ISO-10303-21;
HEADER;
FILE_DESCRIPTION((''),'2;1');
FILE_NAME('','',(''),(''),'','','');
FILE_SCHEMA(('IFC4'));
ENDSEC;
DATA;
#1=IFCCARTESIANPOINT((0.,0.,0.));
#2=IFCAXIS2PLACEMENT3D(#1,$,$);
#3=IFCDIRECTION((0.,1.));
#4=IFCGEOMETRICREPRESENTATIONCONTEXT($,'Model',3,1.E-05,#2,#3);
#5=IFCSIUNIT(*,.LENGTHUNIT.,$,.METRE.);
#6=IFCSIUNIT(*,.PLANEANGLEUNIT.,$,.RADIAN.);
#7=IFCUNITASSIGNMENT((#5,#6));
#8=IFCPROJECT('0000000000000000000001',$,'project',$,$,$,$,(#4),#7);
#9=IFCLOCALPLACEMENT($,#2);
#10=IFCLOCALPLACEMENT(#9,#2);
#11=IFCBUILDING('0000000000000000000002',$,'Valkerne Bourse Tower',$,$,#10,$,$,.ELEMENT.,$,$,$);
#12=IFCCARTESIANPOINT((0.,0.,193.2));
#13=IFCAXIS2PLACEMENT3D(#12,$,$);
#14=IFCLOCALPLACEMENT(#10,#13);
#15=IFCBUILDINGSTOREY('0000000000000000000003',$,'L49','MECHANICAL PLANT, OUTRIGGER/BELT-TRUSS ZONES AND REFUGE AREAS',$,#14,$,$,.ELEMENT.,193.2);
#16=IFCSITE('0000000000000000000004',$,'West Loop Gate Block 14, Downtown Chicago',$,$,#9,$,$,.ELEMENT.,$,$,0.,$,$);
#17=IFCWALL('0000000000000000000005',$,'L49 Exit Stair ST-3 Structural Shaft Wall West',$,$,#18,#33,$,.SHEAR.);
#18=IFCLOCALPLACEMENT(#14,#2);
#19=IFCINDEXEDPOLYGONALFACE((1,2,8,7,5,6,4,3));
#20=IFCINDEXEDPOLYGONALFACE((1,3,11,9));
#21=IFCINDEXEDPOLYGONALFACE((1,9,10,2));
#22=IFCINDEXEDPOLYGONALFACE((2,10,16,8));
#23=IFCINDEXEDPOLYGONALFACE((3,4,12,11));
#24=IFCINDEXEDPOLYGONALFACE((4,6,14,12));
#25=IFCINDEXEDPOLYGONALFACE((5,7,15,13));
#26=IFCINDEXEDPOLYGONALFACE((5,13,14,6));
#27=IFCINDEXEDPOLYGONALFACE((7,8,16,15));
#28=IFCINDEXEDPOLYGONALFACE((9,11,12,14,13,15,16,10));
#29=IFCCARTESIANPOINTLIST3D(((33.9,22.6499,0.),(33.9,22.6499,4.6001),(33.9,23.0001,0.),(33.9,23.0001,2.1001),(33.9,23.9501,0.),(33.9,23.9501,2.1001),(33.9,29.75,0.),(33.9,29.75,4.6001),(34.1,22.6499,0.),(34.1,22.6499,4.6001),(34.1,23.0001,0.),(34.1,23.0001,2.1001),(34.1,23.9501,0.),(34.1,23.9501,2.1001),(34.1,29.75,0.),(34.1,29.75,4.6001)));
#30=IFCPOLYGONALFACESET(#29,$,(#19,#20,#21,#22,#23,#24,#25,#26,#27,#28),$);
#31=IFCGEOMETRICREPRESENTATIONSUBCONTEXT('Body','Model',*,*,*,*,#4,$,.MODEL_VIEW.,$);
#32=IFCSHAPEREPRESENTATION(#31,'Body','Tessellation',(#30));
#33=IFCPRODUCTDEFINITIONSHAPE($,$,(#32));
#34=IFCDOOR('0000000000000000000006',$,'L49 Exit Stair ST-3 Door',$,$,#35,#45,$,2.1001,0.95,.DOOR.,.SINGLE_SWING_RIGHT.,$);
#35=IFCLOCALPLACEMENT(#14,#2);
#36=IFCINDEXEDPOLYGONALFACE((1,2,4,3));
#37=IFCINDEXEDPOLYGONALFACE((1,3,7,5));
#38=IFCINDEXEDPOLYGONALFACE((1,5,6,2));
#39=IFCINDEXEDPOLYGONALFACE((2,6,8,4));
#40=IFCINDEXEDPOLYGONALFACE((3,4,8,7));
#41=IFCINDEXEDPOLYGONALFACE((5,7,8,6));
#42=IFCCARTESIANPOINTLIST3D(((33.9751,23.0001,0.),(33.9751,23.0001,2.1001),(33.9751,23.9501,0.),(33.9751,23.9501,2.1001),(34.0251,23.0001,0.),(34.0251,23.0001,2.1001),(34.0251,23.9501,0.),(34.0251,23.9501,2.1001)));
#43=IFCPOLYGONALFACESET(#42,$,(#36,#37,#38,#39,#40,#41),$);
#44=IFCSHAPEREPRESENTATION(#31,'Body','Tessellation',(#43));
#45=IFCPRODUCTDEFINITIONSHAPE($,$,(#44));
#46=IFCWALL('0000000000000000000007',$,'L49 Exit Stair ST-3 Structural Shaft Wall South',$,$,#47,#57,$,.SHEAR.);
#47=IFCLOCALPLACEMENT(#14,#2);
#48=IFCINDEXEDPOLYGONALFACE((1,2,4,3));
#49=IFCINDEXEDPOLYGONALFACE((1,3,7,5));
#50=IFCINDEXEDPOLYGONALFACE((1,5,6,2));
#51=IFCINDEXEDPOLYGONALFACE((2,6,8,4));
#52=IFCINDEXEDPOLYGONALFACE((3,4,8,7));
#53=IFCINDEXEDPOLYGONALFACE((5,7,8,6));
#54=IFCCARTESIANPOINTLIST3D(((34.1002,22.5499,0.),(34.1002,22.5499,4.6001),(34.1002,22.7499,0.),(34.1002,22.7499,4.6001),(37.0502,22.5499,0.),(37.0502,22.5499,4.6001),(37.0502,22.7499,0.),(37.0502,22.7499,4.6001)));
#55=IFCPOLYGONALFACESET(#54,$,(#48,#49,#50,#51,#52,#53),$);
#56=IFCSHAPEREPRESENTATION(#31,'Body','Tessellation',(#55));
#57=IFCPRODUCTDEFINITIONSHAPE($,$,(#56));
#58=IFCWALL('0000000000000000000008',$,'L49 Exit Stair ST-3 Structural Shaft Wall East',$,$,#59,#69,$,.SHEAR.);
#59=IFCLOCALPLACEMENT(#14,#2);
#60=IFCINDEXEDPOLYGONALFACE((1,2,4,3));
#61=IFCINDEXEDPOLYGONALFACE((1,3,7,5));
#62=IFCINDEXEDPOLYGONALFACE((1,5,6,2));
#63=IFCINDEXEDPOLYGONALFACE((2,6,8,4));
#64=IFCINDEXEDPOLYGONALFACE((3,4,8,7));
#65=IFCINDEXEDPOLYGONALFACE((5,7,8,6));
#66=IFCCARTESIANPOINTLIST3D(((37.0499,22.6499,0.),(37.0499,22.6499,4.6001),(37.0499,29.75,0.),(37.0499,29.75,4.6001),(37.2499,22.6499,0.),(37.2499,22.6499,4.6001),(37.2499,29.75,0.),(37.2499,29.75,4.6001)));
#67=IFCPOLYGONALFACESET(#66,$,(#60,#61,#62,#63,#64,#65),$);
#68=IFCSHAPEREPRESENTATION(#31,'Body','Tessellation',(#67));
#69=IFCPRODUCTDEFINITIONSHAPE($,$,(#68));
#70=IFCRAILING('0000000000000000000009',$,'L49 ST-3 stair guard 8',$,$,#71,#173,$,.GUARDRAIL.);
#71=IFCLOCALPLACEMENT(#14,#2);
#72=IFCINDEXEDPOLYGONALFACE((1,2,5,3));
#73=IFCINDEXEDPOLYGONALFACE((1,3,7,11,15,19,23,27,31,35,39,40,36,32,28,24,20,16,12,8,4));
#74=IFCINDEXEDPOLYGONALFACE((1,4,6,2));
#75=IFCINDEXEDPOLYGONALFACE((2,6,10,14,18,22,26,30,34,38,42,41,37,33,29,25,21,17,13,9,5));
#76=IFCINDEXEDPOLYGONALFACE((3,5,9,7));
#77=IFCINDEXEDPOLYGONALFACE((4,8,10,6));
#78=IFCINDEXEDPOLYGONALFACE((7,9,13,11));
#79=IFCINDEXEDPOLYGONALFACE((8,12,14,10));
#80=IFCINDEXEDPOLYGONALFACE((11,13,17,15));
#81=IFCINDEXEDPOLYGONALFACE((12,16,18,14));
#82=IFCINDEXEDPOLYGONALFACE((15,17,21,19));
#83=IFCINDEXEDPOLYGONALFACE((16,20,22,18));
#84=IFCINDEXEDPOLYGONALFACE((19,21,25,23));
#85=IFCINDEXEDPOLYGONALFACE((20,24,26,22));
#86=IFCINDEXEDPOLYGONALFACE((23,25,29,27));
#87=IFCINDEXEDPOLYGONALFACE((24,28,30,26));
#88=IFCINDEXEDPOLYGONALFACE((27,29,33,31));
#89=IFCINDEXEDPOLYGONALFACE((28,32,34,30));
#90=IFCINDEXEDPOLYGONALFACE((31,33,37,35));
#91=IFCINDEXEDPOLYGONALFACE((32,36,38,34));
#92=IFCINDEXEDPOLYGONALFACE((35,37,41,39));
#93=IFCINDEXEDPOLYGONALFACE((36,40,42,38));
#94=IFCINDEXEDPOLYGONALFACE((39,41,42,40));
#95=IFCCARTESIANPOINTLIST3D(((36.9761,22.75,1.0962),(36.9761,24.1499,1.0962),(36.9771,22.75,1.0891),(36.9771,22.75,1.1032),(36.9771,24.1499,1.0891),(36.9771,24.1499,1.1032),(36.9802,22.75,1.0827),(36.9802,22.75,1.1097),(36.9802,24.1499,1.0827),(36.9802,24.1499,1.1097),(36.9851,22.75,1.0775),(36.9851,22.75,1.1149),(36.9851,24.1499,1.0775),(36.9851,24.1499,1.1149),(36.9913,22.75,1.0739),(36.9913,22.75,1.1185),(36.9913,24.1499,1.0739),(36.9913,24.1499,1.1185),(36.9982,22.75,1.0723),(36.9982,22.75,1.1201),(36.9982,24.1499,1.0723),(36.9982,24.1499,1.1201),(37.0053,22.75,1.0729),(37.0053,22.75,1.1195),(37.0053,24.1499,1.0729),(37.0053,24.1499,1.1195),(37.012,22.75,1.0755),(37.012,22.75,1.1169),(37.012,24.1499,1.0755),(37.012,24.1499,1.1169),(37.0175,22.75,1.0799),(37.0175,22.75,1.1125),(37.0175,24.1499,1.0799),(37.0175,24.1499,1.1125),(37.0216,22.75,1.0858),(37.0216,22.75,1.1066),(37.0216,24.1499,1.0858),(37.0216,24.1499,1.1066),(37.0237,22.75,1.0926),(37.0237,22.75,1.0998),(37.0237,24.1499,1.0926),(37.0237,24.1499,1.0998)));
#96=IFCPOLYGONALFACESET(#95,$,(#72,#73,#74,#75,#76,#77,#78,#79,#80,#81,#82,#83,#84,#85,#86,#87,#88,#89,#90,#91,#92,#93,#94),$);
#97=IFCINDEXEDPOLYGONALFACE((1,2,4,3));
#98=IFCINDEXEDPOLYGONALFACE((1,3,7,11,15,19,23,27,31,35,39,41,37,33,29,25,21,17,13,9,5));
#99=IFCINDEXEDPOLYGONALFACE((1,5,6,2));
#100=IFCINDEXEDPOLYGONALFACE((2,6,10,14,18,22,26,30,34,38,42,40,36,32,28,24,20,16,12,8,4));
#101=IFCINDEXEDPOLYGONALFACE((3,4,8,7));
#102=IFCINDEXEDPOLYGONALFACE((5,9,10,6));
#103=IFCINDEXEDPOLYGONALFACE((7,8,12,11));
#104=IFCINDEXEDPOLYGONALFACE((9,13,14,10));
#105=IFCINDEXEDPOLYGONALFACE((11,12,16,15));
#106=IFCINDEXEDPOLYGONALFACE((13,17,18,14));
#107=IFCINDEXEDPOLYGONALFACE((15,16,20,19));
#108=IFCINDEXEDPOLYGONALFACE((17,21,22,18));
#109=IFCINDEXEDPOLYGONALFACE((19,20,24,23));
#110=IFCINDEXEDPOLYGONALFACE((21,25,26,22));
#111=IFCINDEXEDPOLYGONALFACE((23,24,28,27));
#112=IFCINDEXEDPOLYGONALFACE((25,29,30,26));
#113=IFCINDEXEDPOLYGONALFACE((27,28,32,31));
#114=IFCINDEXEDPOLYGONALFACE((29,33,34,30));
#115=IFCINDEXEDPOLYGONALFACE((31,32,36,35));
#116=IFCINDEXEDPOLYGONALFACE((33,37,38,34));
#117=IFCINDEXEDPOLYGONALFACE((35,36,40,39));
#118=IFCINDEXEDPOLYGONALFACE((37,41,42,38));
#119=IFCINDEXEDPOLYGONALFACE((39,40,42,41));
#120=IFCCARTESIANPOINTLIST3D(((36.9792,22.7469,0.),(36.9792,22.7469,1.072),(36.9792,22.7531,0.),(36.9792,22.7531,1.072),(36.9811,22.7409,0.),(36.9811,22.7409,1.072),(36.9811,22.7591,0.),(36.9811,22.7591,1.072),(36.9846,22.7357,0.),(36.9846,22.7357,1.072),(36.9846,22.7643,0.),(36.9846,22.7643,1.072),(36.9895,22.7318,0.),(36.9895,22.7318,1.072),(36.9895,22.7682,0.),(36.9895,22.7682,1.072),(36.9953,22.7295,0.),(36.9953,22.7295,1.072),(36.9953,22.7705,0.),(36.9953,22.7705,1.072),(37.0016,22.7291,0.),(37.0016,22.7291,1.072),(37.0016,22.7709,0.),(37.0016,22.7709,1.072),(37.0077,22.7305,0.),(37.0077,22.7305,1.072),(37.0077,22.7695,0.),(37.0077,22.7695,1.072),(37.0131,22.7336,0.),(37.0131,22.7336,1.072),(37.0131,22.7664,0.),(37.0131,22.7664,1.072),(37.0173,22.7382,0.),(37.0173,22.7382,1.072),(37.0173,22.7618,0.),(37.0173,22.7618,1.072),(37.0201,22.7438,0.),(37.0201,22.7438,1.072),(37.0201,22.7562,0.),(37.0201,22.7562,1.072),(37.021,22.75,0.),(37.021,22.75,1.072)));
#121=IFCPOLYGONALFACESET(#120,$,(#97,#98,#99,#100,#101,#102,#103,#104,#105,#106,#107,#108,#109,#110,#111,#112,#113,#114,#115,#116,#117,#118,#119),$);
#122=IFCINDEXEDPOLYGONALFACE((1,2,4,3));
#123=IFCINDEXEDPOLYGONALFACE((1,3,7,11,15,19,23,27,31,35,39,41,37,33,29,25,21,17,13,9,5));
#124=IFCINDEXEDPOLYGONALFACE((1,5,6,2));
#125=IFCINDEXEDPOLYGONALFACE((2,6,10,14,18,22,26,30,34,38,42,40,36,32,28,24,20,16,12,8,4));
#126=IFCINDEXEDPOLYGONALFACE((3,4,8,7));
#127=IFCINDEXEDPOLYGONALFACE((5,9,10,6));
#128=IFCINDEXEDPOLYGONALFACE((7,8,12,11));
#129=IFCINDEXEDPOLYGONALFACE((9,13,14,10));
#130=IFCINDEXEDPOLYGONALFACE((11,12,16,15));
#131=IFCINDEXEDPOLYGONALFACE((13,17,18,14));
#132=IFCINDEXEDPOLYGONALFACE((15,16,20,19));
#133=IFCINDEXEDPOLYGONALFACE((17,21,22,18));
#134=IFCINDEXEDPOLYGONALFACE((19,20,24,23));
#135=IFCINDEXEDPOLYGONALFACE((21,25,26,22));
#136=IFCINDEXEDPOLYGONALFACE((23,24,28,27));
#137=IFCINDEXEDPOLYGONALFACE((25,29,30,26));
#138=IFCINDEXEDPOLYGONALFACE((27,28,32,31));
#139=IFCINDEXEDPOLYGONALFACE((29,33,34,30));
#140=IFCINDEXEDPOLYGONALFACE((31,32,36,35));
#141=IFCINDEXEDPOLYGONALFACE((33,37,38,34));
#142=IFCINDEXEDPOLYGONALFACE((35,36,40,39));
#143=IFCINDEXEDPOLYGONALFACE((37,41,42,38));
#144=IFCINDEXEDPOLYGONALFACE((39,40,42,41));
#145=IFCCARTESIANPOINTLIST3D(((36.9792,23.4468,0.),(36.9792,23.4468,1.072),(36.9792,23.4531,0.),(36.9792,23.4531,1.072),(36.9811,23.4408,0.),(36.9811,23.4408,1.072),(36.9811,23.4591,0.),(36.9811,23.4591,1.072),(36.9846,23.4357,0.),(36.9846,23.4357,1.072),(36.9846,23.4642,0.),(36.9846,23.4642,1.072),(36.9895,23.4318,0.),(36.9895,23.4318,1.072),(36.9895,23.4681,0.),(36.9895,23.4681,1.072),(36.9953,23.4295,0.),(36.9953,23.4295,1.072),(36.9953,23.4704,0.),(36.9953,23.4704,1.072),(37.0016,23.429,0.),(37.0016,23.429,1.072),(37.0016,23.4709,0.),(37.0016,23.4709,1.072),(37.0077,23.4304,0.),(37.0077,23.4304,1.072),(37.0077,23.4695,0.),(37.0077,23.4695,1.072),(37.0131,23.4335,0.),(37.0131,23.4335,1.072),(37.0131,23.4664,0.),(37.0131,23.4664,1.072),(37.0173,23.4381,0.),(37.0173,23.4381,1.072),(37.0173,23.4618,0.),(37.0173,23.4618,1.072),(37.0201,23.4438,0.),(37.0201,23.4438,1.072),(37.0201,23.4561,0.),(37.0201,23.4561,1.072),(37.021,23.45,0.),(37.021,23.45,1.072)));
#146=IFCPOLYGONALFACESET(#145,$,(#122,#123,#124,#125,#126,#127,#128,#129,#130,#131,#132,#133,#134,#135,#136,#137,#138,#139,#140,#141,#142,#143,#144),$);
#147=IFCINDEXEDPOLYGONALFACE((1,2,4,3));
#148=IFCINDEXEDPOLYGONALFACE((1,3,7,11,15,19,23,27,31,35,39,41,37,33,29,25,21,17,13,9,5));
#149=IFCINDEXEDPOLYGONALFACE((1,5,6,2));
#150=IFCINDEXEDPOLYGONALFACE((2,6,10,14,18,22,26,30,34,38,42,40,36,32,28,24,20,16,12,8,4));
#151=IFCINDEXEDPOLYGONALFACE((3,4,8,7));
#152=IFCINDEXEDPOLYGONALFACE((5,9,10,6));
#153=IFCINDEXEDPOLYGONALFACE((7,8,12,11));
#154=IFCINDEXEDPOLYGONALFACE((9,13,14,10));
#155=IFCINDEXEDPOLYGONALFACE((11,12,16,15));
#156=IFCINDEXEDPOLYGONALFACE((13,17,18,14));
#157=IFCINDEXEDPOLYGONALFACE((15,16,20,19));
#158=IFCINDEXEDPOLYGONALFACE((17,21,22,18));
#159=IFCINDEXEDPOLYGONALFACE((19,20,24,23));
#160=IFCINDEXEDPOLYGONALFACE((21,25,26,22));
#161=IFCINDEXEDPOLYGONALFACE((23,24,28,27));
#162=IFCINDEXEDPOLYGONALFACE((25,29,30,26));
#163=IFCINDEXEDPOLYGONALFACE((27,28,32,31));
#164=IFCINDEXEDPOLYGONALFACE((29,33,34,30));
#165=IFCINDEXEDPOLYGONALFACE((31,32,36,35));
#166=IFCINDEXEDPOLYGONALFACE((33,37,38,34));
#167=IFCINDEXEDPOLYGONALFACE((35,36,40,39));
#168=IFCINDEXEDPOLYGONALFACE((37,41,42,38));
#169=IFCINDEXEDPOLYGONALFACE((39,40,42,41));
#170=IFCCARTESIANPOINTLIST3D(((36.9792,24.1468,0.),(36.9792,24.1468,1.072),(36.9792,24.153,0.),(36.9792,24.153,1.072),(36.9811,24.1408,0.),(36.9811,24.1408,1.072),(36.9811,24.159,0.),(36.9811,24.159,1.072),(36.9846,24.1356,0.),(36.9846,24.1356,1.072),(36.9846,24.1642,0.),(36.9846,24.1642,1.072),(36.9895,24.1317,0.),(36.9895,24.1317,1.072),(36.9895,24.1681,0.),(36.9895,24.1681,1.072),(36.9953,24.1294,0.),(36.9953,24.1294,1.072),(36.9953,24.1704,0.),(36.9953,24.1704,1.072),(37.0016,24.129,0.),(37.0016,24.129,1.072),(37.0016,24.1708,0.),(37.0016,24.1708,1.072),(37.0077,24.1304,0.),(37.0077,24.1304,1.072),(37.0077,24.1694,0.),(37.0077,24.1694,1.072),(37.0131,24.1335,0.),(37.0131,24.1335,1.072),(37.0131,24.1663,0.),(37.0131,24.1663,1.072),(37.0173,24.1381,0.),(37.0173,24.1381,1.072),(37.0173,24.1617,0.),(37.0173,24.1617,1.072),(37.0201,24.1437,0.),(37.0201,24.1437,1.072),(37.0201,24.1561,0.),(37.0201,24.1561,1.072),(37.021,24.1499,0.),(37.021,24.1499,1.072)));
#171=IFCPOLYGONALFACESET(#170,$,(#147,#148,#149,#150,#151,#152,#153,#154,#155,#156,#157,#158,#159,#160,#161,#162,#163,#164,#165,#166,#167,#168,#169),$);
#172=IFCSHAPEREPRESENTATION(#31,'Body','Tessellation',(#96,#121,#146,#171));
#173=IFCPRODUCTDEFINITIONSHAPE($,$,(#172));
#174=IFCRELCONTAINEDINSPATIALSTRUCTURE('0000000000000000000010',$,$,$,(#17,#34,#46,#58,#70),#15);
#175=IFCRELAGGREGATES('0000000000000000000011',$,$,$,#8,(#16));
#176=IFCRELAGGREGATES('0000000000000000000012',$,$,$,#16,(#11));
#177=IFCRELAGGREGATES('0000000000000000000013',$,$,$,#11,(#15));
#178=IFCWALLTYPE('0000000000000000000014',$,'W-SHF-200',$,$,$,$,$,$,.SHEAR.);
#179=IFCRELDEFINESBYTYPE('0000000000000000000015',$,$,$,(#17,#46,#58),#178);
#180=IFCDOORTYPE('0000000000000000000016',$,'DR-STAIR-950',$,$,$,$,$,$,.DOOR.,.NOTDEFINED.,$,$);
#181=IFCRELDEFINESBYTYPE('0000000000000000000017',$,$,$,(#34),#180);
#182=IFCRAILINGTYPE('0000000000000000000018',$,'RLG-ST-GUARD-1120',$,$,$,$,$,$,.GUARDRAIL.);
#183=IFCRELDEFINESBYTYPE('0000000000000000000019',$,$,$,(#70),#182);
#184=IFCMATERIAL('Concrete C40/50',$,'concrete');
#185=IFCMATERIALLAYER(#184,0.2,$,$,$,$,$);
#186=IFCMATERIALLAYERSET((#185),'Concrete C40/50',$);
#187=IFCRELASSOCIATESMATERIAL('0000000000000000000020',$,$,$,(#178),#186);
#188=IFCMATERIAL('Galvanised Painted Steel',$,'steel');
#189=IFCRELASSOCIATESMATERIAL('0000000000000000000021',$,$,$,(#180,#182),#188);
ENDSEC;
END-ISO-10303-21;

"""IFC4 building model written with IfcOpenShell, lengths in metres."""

from ifc_helpers import new_model, si_unit, direction, frame, frame_2d, origin, origin_2d, place, context, subcontext, project, spatial, rectangle, circle, extrude, material, layer, layer_set, type_object, element, fill, save


model = new_model("IFC4")

# Units and contexts
model_context = context("Model", 3, precision=1e-05, world=origin(), true_north=direction((0.0, 1.0)))
body_context = subcontext(model_context, "Body", "Model", "MODEL_VIEW")
ifc_project = project(units=[si_unit("LENGTHUNIT", "METRE"), si_unit("PLANEANGLEUNIT", "RADIAN")], contexts=[model_context])

# Site, building, storey
site_placement = place(None, origin())
site = spatial("IfcSite", under=ifc_project, at=site_placement, Name="West Loop Gate Block 14, Downtown Chicago", CompositionType="ELEMENT", RefElevation=0.0)
building_placement = place(site_placement, origin())
building = spatial("IfcBuilding", under=site, at=building_placement, Name="Valkerne Bourse Tower", CompositionType="ELEMENT")
storey_placement = place(building_placement, frame((0.0, 0.0, 193.2)))
storey = spatial("IfcBuildingStorey", under=building, at=storey_placement, Name="L49", Description="MECHANICAL PLANT, OUTRIGGER/BELT-TRUSS ZONES AND REFUGE AREAS", CompositionType="ELEMENT", Elevation=193.2)

# Shared definitions
ifc_material_1 = material(Name="Galvanised Painted Steel", Category="steel")

# Wall, opening, door
ifc_material_2 = material(Name="Concrete C40/50", Category="concrete")
ifc_layer_1 = layer(ifc_material_2, 0.2)
ifc_layer_set_1 = layer_set([ifc_layer_1], Name="Concrete C40/50")
wall_type_1 = type_object("IfcWallType", Name="W-SHF-200", PredefinedType="SHEAR", material=ifc_layer_set_1)
wall_1_placement = place(storey_placement, frame((34.0, 22.6499, 0.0), z_axis=(0.0, 0.0, 1.0), x_axis=(0.0, 1.0, 0.0)))
wall_1 = element("IfcWall", 1, at=wall_1_placement, inside=storey, type_object=wall_type_1, Name="L49 Exit Stair ST-3 Structural Shaft Wall West", PredefinedType="SHEAR", context=body_context, shape_type="SweptSolid", body=[
    extrude(rectangle(XDim=7.1001, YDim=0.2, at=frame_2d((3.55, 0.0))), origin(), (0.0, 0.0, 1.0), 4.6001),
])
opening_1_placement = place(wall_1_placement, frame((0.3501, 0.0, 0.0)))
opening_1 = element("IfcOpeningElement", 2, at=opening_1_placement, cuts=wall_1, PredefinedType="OPENING", context=body_context, shape_type="SweptSolid", body=[
    extrude(rectangle(XDim=0.95, YDim=2.1001, at=frame_2d((0.4751, 1.05))), frame((0.0, 0.1099, 0.0), z_axis=(0.0, -1.0, 0.0), x_axis=(1.0, 0.0, 0.0)), (0.0, 0.0, 1.0), 0.22),
])
door_type_1 = type_object("IfcDoorType", Name="DR-STAIR-950", OperationType="NOTDEFINED", PredefinedType="DOOR", material=ifc_material_1)
door_1_placement = place(opening_1_placement, origin())
door_1 = element("IfcDoor", 3, at=door_1_placement, inside=storey, type_object=door_type_1, Name="L49 Exit Stair ST-3 Door", OperationType="SINGLE_SWING_RIGHT", OverallHeight=2.1001, OverallWidth=0.95, PredefinedType="DOOR", context=body_context, shape_type="SweptSolid", body=[
    extrude(rectangle(XDim=0.95, YDim=2.1001, at=frame_2d((0.4751, 1.05))), frame((0.0, 0.0249, 0.0), z_axis=(0.0, -1.0, 0.0), x_axis=(1.0, 0.0, 0.0)), (0.0, 0.0, 1.0), 0.05),
])
fill(opening_1, door_1)

# Walls
wall_2_placement = place(storey_placement, frame((34.1001, 22.6499, 0.0), z_axis=(0.0, 0.0, 1.0), x_axis=(1.0, 0.0, 0.0)))
element("IfcWall", 4, at=wall_2_placement, inside=storey, type_object=wall_type_1, Name="L49 Exit Stair ST-3 Structural Shaft Wall South", PredefinedType="SHEAR", context=body_context, shape_type="SweptSolid", body=[
    extrude(rectangle(XDim=2.95, YDim=0.2, at=frame_2d((1.4751, 0.0))), origin(), (0.0, 0.0, 1.0), 4.6001),
])
wall_3_placement = place(storey_placement, frame((37.1499, 22.6499, 0.0), z_axis=(0.0, 0.0, 1.0), x_axis=(0.0, 1.0, 0.0)))
element("IfcWall", 5, at=wall_3_placement, inside=storey, type_object=wall_type_1, Name="L49 Exit Stair ST-3 Structural Shaft Wall East", PredefinedType="SHEAR", context=body_context, shape_type="SweptSolid", body=[
    extrude(rectangle(XDim=7.1001, YDim=0.2, at=frame_2d((3.55, 0.0))), origin(), (0.0, 0.0, 1.0), 4.6001),
])

# Railing
railing_type = type_object("IfcRailingType", Name="RLG-ST-GUARD-1120", PredefinedType="GUARDRAIL", material=ifc_material_1)
for number, where, name in (
    (6, (37.0, 22.75, 0.0), "L49 ST-3 stair guard 8"),
):
    element("IfcRailing", number, at=place(storey_placement, frame(where)), inside=storey, type_object=railing_type, Name=name, PredefinedType="GUARDRAIL", context=body_context, shape_type="SweptSolid", body=[
        extrude(circle(Radius=0.0239, at=origin_2d()), frame((0.0, 0.0, 1.0962), z_axis=(0.0, 1.0, 0.0), x_axis=(-1.0, 0.0, 0.0)), (0.0, 0.0, 1.0), 1.3999),
        extrude(circle(Radius=0.021, at=origin_2d()), origin(), (0.0, 0.0, 1.0), 1.072),
        extrude(circle(Radius=0.021, at=origin_2d()), frame((0.0, 0.7, 0.0)), (0.0, 0.0, 1.0), 1.072),
        extrude(circle(Radius=0.021, at=origin_2d()), frame((0.0, 1.3999, 0.0)), (0.0, 0.0, 1.0), 1.072),
    ])

save(model, "model.ifc")
